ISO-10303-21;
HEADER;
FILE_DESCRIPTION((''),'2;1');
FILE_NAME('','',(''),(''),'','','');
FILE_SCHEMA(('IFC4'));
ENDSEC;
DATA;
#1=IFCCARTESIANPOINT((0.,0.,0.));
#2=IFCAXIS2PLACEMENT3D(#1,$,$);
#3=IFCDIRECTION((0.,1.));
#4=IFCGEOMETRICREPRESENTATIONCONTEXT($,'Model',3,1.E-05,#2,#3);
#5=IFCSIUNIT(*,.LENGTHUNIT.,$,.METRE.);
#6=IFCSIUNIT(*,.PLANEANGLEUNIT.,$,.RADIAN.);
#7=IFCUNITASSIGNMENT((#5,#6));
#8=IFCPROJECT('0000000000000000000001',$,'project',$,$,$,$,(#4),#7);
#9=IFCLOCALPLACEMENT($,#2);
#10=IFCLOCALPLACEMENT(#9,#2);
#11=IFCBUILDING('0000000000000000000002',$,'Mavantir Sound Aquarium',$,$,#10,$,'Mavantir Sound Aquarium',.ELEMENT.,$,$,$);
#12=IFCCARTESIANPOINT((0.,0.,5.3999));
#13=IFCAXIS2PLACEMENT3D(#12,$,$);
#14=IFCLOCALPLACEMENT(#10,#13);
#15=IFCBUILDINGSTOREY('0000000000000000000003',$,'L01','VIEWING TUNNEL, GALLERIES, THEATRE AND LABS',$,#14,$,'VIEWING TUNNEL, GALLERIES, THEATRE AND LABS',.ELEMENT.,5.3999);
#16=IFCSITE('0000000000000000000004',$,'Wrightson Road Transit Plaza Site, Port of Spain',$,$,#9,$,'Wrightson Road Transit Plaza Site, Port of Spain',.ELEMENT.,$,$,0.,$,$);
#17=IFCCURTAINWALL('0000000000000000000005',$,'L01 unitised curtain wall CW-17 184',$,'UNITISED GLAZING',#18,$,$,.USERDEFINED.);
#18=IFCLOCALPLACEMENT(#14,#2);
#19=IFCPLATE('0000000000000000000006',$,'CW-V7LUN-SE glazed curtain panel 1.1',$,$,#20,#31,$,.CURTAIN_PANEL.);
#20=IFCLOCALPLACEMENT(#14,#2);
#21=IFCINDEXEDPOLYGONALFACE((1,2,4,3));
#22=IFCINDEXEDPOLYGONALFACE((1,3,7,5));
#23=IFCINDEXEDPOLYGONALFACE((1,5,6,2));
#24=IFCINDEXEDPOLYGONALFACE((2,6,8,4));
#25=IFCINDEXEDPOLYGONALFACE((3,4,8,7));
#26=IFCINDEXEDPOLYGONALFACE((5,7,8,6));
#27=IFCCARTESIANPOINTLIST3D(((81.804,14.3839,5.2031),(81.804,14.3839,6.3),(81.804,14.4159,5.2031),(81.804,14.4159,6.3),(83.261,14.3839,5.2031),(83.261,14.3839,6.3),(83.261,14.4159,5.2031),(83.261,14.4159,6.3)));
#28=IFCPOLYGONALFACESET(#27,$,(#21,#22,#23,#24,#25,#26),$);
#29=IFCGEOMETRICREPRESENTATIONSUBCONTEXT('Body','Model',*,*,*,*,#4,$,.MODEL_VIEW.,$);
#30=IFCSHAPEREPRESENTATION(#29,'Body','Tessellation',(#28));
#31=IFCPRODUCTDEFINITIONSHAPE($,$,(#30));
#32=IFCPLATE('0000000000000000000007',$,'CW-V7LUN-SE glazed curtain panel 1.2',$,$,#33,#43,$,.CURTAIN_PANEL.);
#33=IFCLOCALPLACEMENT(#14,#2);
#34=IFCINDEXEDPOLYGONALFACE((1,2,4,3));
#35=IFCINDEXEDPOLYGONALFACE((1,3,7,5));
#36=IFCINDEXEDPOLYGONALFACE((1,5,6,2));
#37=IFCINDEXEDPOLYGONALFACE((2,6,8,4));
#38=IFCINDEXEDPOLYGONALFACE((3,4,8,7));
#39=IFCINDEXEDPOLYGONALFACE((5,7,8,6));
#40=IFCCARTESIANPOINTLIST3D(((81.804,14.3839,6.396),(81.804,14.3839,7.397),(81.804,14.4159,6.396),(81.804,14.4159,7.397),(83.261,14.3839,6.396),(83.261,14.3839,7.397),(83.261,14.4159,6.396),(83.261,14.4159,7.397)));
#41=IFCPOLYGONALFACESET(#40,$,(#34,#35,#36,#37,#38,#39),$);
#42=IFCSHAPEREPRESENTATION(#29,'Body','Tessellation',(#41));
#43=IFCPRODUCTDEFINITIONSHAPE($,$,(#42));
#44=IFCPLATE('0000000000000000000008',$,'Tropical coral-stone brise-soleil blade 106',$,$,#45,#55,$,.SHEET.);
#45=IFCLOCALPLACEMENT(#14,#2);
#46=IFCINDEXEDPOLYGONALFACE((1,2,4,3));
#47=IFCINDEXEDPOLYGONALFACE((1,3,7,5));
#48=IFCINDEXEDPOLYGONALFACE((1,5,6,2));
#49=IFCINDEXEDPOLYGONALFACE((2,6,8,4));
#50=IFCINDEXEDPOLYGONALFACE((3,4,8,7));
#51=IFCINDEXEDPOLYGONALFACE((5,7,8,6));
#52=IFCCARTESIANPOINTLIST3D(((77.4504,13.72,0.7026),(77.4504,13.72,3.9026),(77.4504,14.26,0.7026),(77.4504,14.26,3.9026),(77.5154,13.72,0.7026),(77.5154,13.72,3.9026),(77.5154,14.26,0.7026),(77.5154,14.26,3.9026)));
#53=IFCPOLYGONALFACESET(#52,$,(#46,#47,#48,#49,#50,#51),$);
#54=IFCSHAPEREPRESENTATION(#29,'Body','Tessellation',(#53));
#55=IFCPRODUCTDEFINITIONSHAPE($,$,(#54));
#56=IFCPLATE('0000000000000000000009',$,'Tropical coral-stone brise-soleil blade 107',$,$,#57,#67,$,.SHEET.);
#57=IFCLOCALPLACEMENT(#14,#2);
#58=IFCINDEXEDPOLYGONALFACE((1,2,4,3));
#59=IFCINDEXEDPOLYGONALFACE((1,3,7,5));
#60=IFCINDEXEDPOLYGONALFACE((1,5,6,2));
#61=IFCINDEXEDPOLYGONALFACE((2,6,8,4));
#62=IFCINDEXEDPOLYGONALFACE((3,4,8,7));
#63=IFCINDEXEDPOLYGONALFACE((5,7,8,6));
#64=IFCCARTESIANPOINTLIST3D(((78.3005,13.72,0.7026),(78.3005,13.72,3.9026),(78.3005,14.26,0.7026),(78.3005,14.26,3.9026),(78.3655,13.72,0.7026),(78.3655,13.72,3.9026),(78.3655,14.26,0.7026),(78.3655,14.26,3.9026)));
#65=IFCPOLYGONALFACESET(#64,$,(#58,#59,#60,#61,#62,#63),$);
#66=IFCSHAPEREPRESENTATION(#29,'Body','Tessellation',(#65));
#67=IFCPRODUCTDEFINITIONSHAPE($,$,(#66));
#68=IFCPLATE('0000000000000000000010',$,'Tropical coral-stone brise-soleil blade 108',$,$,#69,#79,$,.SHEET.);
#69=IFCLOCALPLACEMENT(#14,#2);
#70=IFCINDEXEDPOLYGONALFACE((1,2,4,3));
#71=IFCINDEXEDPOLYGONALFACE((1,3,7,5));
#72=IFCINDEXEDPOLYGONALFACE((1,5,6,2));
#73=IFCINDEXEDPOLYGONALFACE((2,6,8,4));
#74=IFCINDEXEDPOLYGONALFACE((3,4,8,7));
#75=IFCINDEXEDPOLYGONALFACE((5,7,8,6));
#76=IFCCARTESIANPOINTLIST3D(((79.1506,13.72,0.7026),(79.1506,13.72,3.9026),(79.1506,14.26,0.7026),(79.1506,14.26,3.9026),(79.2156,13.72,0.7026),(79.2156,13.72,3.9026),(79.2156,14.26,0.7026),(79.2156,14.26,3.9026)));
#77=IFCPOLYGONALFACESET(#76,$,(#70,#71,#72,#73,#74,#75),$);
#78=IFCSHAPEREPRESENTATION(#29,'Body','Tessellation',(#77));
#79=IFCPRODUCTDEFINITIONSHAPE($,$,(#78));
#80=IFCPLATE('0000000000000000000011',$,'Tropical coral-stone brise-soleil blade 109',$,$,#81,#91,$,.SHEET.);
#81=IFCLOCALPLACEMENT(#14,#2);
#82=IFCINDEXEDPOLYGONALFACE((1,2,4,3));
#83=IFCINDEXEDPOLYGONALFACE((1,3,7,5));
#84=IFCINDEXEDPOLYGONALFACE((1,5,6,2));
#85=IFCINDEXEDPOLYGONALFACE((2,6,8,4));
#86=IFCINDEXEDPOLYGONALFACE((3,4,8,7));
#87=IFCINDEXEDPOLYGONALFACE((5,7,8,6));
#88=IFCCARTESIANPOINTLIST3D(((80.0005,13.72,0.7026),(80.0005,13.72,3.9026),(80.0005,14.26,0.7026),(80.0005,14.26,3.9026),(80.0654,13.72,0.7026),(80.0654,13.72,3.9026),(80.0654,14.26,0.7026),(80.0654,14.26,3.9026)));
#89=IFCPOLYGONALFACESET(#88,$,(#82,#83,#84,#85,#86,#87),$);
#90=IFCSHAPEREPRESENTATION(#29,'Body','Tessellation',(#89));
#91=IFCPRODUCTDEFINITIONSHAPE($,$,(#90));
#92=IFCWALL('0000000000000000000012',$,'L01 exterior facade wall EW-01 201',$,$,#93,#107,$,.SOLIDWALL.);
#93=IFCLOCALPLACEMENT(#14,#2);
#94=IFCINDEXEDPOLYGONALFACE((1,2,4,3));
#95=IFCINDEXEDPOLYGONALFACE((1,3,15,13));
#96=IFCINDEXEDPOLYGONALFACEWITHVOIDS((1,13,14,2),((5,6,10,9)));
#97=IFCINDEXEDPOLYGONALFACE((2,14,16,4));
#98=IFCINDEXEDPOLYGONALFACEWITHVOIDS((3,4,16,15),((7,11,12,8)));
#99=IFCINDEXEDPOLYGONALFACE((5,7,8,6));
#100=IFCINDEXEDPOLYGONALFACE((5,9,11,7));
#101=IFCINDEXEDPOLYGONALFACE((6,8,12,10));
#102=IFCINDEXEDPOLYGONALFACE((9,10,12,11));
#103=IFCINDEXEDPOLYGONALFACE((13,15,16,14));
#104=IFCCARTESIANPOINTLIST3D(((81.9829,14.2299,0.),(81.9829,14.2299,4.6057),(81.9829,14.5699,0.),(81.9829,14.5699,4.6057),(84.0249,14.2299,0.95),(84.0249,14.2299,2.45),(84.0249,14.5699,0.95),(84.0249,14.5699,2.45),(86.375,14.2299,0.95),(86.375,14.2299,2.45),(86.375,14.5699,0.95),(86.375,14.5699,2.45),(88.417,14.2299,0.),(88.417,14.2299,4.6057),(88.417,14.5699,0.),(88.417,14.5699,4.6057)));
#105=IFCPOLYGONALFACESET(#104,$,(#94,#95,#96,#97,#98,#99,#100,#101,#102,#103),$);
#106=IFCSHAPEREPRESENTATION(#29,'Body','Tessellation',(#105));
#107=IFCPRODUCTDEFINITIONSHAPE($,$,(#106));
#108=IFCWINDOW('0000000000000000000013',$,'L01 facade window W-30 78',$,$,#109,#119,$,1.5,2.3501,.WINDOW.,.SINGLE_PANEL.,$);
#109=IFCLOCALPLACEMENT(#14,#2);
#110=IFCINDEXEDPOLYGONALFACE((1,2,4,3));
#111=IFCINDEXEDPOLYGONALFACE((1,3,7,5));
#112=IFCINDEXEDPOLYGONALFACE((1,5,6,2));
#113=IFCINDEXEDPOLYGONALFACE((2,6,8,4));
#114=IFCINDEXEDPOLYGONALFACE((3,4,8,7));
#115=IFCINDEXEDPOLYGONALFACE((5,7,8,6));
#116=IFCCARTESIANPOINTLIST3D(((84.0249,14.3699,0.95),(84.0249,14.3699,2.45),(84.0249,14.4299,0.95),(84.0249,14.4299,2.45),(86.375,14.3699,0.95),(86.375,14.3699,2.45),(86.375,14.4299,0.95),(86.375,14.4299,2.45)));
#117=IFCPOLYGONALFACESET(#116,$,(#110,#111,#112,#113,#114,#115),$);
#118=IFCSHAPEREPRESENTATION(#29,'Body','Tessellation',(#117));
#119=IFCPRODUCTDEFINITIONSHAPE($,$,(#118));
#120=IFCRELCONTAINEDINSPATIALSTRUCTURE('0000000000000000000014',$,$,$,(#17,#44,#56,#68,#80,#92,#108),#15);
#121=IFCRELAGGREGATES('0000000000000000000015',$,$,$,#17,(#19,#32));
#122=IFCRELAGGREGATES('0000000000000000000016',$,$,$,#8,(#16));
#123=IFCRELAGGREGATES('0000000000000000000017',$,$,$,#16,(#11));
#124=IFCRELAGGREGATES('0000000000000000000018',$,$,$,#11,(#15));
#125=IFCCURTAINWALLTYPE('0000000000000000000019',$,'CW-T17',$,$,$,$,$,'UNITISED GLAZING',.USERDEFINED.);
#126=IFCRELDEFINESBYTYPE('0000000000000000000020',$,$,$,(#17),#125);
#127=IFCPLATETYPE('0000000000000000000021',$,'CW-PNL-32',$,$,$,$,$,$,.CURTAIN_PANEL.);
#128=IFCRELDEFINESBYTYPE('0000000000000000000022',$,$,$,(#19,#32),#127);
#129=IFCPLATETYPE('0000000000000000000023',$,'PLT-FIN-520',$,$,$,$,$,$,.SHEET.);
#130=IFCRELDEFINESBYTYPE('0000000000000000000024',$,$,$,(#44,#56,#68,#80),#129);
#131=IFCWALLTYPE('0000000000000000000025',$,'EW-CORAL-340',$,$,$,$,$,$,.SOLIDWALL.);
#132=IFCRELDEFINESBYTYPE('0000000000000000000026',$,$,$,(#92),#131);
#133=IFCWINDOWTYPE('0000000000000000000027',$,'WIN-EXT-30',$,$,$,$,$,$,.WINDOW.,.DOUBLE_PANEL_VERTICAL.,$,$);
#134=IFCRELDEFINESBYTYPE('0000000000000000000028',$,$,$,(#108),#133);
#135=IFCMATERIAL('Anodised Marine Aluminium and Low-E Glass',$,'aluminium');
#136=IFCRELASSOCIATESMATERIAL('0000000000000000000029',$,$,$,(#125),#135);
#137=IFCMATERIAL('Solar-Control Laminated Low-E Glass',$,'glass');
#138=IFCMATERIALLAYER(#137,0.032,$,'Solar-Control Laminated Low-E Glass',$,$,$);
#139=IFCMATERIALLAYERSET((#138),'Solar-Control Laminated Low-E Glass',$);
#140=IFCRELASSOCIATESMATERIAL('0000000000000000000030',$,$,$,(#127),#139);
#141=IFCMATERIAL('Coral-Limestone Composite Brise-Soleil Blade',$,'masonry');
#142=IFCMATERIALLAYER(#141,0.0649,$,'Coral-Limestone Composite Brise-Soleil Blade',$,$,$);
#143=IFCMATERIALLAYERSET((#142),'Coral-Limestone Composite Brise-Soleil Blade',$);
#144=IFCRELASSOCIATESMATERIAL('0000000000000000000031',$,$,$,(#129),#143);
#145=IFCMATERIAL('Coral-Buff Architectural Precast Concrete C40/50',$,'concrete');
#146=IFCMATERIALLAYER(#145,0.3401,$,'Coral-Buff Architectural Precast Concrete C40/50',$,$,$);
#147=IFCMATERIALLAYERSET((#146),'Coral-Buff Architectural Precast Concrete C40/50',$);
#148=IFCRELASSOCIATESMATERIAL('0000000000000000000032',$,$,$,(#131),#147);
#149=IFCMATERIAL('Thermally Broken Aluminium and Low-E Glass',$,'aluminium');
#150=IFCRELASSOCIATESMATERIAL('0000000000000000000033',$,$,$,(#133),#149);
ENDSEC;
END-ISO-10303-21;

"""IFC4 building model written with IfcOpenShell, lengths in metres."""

from ifc_helpers import new_model, si_unit, direction, frame, frame_2d, origin, origin_2d, place, context, subcontext, project, spatial, rectangle, extrude, material, layer, layer_set, type_object, element, fill, aggregate, save


model = new_model("IFC4")

# Units and contexts
model_context = context("Model", 3, precision=1e-05, world=origin(), true_north=direction((0.0, 1.0)))
body_context = subcontext(model_context, "Body", "Model", "MODEL_VIEW")
ifc_project = project(units=[si_unit("LENGTHUNIT", "METRE"), si_unit("PLANEANGLEUNIT", "RADIAN")], contexts=[model_context])

# Site, building, storey
site_placement = place(None, origin())
site = spatial("IfcSite", under=ifc_project, at=site_placement, Name="Wrightson Road Transit Plaza Site, Port of Spain", LongName="Wrightson Road Transit Plaza Site, Port of Spain", CompositionType="ELEMENT", RefElevation=0.0)
building_placement = place(site_placement, origin())
building = spatial("IfcBuilding", under=site, at=building_placement, Name="Mavantir Sound Aquarium", LongName="Mavantir Sound Aquarium", CompositionType="ELEMENT")
storey_placement = place(building_placement, frame((0.0, 0.0, 5.3999)))
storey = spatial("IfcBuildingStorey", under=building, at=storey_placement, Name="L01", Description="VIEWING TUNNEL, GALLERIES, THEATRE AND LABS", LongName="VIEWING TUNNEL, GALLERIES, THEATRE AND LABS", CompositionType="ELEMENT", Elevation=5.3999)

# Curtain wall
ifc_material_1 = material(Name="Anodised Marine Aluminium and Low-E Glass", Category="aluminium")
curtain_wall_type_1 = type_object("IfcCurtainWallType", Name="CW-T17", ElementType="UNITISED GLAZING", PredefinedType="USERDEFINED", material=ifc_material_1)
curtain_wall_1_placement = place(storey_placement, origin())
curtain_wall_1 = element("IfcCurtainWall", 1, at=curtain_wall_1_placement, inside=storey, type_object=curtain_wall_type_1, Name="L01 unitised curtain wall CW-17 184", ObjectType="UNITISED GLAZING", PredefinedType="USERDEFINED")

# Plates
ifc_material_2 = material(Name="Solar-Control Laminated Low-E Glass", Category="glass")
ifc_layer_1 = layer(ifc_material_2, 0.032, Name="Solar-Control Laminated Low-E Glass")
ifc_layer_set_1 = layer_set([ifc_layer_1], Name="Solar-Control Laminated Low-E Glass")
plate_type_1 = type_object("IfcPlateType", Name="CW-PNL-32", PredefinedType="CURTAIN_PANEL", material=ifc_layer_set_1)
plate_1_placement = place(storey_placement, frame((82.5325, 14.3999, 5.2031), z_axis=(0.0, 0.0, 1.0), x_axis=(1.0, 0.0, 0.0)))
plate_1 = element("IfcPlate", 2, at=plate_1_placement, type_object=plate_type_1, Name="CW-V7LUN-SE glazed curtain panel 1.1", PredefinedType="CURTAIN_PANEL", context=body_context, shape_type="SweptSolid", body=[
    extrude(rectangle(XDim=1.457, YDim=0.032, at=origin_2d()), origin(), (0.0, 0.0, 1.0), 1.0969),
])
plate_2_placement = place(storey_placement, frame((82.5325, 14.3999, 6.396), z_axis=(0.0, 0.0, 1.0), x_axis=(1.0, 0.0, 0.0)))
plate_2 = element("IfcPlate", 3, at=plate_2_placement, type_object=plate_type_1, Name="CW-V7LUN-SE glazed curtain panel 1.2", PredefinedType="CURTAIN_PANEL", context=body_context, shape_type="SweptSolid", body=[
    extrude(rectangle(XDim=1.457, YDim=0.032, at=origin_2d()), origin(), (0.0, 0.0, 1.0), 1.001),
])
aggregate(curtain_wall_1, [plate_1, plate_2])

# Plates
ifc_material_3 = material(Name="Coral-Limestone Composite Brise-Soleil Blade", Category="masonry")
ifc_layer_2 = layer(ifc_material_3, 0.0649, Name="Coral-Limestone Composite Brise-Soleil Blade")
ifc_layer_set_2 = layer_set([ifc_layer_2], Name="Coral-Limestone Composite Brise-Soleil Blade")
plate_type_2 = type_object("IfcPlateType", Name="PLT-FIN-520", PredefinedType="SHEET", material=ifc_layer_set_2)
for number, where, z_axis, x_axis, name in (
    (4, (77.4829, 13.99, 0.7026), (0.0, 0.0, 1.0), (-1.0, 0.0, 0.0), "Tropical coral-stone brise-soleil blade 106"),
    (5, (78.333, 13.99, 0.7026), (0.0, 0.0, 1.0), (-1.0, 0.0, 0.0), "Tropical coral-stone brise-soleil blade 107"),
    (6, (79.1831, 13.99, 0.7026), (0.0, 0.0, 1.0), (-1.0, 0.0, 0.0), "Tropical coral-stone brise-soleil blade 108"),
    (7, (80.033, 13.99, 0.7026), (0.0, 0.0, 1.0), (-1.0, 0.0, 0.0), "Tropical coral-stone brise-soleil blade 109"),
):
    element("IfcPlate", number, at=place(storey_placement, frame(where, z_axis=z_axis, x_axis=x_axis)), inside=storey, type_object=plate_type_2, Name=name, PredefinedType="SHEET", context=body_context, shape_type="SweptSolid", body=[
        extrude(rectangle(XDim=0.0649, YDim=0.54, at=origin_2d()), origin(), (0.0, 0.0, 1.0), 3.2),
    ])

# Wall, opening, window
ifc_material_4 = material(Name="Coral-Buff Architectural Precast Concrete C40/50", Category="concrete")
ifc_layer_3 = layer(ifc_material_4, 0.3401, Name="Coral-Buff Architectural Precast Concrete C40/50")
ifc_layer_set_3 = layer_set([ifc_layer_3], Name="Coral-Buff Architectural Precast Concrete C40/50")
wall_type = type_object("IfcWallType", Name="EW-CORAL-340", PredefinedType="SOLIDWALL", material=ifc_layer_set_3)
wall_placement = place(storey_placement, frame((81.9829, 14.3999, 0.0), z_axis=(0.0, 0.0, 1.0), x_axis=(1.0, 0.0, 0.0)))
wall = element("IfcWall", 8, at=wall_placement, inside=storey, type_object=wall_type, Name="L01 exterior facade wall EW-01 201", PredefinedType="SOLIDWALL", context=body_context, shape_type="SweptSolid", body=[
    extrude(rectangle(XDim=6.4341, YDim=0.3401, at=frame_2d((3.217, 0.0))), origin(), (0.0, 0.0, 1.0), 4.6057),
])
opening_placement = place(wall_placement, frame((2.042, 0.0, 0.95)))
opening = element("IfcOpeningElement", 9, at=opening_placement, cuts=wall, PredefinedType="OPENING", context=body_context, shape_type="SweptSolid", body=[
    extrude(rectangle(XDim=2.3501, YDim=1.5, at=frame_2d((1.175, 0.75))), frame((0.0, 0.1802, 0.0), z_axis=(0.0, -1.0, 0.0), x_axis=(1.0, 0.0, 0.0)), (0.0, 0.0, 1.0), 0.3601),
])
ifc_material_5 = material(Name="Thermally Broken Aluminium and Low-E Glass", Category="aluminium")
window_type = type_object("IfcWindowType", Name="WIN-EXT-30", PartitioningType="DOUBLE_PANEL_VERTICAL", PredefinedType="WINDOW", material=ifc_material_5)
window_placement = place(opening_placement, origin())
window = element("IfcWindow", 10, at=window_placement, inside=storey, type_object=window_type, Name="L01 facade window W-30 78", OverallHeight=1.5, OverallWidth=2.3501, PartitioningType="SINGLE_PANEL", PredefinedType="WINDOW", context=body_context, shape_type="SweptSolid", body=[
    extrude(rectangle(XDim=2.3501, YDim=1.5, at=frame_2d((1.175, 0.75))), frame((0.0, 0.03, 0.0), z_axis=(0.0, -1.0, 0.0), x_axis=(1.0, 0.0, 0.0)), (0.0, 0.0, 1.0), 0.0601),
])
fill(opening, window)

save(model, "model.ifc")
